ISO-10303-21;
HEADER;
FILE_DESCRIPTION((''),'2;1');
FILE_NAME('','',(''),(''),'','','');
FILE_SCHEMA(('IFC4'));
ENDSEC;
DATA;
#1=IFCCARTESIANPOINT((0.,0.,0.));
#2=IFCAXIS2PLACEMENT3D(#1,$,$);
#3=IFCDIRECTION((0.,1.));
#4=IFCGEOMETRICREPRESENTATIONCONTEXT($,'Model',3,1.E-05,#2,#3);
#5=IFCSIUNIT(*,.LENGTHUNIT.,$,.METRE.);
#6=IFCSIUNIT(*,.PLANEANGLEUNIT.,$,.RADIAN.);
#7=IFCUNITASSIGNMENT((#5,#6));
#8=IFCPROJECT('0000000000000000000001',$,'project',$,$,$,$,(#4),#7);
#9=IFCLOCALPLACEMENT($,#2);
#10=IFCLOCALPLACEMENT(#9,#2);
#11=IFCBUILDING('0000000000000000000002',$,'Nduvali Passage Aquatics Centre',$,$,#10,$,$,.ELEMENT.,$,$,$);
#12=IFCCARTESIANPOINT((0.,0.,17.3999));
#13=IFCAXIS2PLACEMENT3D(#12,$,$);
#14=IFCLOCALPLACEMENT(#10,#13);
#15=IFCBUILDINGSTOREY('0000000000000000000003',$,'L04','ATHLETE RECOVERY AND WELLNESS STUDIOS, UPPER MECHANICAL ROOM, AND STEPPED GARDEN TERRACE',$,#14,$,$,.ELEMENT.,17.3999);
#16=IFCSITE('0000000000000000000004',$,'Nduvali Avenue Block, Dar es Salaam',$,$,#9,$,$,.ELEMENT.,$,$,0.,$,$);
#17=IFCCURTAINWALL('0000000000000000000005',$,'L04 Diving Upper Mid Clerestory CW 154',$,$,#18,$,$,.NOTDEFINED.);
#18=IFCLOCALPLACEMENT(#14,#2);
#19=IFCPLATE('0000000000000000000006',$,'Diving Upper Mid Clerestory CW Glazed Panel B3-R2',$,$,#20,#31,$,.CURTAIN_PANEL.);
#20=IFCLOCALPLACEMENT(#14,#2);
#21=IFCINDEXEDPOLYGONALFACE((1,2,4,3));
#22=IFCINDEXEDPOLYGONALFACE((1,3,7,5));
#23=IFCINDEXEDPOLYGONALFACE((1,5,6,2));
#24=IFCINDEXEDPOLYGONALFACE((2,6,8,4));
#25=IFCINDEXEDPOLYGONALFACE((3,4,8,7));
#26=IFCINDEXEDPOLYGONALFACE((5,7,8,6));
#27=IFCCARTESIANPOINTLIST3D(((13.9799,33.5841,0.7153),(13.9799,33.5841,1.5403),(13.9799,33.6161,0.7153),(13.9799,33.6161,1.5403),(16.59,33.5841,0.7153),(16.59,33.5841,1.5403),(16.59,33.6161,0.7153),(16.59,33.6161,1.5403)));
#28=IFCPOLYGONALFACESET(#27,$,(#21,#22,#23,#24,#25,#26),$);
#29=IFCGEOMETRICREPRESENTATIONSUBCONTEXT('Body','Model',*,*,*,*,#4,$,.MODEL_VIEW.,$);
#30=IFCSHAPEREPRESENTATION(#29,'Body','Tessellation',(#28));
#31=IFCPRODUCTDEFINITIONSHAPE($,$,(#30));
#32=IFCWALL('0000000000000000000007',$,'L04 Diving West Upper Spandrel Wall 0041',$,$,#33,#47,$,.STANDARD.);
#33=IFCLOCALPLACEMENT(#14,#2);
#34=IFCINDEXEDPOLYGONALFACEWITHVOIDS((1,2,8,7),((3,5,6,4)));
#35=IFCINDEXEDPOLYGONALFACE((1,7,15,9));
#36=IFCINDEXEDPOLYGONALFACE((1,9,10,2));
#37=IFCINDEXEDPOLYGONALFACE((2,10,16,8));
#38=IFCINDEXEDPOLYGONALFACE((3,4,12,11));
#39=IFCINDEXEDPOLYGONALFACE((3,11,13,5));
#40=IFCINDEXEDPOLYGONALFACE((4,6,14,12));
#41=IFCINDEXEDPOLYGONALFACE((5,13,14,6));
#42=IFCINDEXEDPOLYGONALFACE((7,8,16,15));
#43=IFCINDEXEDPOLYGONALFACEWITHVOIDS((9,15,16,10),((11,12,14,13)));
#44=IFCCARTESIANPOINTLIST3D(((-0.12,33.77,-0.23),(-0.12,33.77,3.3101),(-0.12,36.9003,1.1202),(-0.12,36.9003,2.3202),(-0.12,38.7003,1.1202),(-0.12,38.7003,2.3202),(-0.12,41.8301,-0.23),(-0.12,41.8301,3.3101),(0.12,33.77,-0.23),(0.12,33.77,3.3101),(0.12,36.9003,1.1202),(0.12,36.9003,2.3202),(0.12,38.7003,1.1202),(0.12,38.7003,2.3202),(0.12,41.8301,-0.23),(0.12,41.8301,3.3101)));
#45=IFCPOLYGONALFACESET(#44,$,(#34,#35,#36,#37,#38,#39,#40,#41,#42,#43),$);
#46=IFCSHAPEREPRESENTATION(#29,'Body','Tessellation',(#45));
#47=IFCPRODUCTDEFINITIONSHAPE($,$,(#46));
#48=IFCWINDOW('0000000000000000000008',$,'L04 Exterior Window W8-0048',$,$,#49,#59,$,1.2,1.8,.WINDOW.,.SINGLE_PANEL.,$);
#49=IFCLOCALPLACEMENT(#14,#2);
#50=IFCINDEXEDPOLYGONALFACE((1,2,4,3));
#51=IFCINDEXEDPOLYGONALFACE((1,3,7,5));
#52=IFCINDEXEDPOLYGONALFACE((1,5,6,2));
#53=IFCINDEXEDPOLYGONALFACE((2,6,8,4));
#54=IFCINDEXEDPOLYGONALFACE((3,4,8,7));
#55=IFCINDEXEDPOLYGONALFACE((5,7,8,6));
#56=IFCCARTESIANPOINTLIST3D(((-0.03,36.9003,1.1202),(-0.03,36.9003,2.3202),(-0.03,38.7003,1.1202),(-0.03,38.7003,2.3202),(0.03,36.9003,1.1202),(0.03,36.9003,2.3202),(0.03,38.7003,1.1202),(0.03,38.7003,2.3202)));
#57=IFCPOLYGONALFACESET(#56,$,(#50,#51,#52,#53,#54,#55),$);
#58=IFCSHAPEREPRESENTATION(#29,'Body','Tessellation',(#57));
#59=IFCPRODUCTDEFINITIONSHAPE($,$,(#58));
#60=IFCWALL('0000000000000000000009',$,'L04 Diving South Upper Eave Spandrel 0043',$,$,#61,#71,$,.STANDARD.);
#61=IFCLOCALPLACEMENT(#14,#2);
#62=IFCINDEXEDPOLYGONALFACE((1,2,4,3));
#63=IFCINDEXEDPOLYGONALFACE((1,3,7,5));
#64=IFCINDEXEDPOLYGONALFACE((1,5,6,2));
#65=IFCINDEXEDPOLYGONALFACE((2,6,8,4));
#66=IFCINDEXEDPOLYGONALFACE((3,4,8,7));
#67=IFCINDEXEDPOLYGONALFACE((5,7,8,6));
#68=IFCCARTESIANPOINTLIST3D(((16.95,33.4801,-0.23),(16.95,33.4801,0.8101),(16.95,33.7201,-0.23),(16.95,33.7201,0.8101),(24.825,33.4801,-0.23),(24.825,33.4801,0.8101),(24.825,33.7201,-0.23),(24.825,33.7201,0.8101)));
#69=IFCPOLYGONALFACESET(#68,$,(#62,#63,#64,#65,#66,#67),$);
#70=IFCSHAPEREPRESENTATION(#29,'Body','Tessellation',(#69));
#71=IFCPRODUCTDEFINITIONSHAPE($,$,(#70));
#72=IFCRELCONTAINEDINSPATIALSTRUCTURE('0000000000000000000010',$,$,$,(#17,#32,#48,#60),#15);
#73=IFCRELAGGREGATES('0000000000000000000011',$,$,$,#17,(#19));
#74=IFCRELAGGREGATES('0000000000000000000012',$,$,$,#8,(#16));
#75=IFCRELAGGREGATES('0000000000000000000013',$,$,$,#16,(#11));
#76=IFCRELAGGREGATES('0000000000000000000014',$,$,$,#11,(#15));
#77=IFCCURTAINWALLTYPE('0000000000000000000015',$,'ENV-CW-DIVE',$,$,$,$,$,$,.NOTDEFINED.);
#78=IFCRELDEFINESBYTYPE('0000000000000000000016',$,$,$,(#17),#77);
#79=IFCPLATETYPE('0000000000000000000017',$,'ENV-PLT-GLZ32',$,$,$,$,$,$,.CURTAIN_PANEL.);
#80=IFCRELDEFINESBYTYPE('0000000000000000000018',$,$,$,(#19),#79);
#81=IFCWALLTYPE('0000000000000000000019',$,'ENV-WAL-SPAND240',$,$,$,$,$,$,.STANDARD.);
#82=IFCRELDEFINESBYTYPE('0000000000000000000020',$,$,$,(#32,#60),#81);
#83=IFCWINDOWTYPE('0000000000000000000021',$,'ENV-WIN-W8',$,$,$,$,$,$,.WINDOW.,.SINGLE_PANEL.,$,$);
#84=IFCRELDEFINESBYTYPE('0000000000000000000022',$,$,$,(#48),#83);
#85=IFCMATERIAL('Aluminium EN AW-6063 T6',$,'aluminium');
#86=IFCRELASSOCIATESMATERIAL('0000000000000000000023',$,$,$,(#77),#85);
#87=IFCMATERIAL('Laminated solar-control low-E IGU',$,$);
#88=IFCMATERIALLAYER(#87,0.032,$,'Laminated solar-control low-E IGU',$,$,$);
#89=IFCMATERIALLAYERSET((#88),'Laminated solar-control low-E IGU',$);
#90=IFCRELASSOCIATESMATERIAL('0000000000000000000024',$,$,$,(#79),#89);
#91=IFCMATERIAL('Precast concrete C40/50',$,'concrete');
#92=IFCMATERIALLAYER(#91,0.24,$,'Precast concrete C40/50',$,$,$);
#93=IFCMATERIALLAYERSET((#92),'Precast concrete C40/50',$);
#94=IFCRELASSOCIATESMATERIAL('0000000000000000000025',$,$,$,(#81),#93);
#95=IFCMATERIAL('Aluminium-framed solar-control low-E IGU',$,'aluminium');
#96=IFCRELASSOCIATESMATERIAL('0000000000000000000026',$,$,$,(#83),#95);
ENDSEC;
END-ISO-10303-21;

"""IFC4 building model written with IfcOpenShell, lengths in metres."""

from ifc_helpers import new_model, si_unit, direction, frame, frame_2d, origin, origin_2d, place, context, subcontext, project, spatial, rectangle, extrude, material, layer, layer_set, type_object, element, fill, aggregate, save


model = new_model("IFC4")

# Units and contexts
model_context = context("Model", 3, precision=1e-05, world=origin(), true_north=direction((0.0, 1.0)))
body_context = subcontext(model_context, "Body", "Model", "MODEL_VIEW")
ifc_project = project(units=[si_unit("LENGTHUNIT", "METRE"), si_unit("PLANEANGLEUNIT", "RADIAN")], contexts=[model_context])

# Site, building, storey
site_placement = place(None, origin())
site = spatial("IfcSite", under=ifc_project, at=site_placement, Name="Nduvali Avenue Block, Dar es Salaam", CompositionType="ELEMENT", RefElevation=0.0)
building_placement = place(site_placement, origin())
building = spatial("IfcBuilding", under=site, at=building_placement, Name="Nduvali Passage Aquatics Centre", CompositionType="ELEMENT")
storey_placement = place(building_placement, frame((0.0, 0.0, 17.3999)))
storey = spatial("IfcBuildingStorey", under=building, at=storey_placement, Name="L04", Description="ATHLETE RECOVERY AND WELLNESS STUDIOS, UPPER MECHANICAL ROOM, AND STEPPED GARDEN TERRACE", CompositionType="ELEMENT", Elevation=17.3999)

# Curtain wall
ifc_material_1 = material(Name="Aluminium EN AW-6063 T6", Category="aluminium")
curtain_wall_type = type_object("IfcCurtainWallType", Name="ENV-CW-DIVE", PredefinedType="NOTDEFINED", material=ifc_material_1)
curtain_wall_1_placement = place(storey_placement, origin())
curtain_wall_1 = element("IfcCurtainWall", 1, at=curtain_wall_1_placement, inside=storey, type_object=curtain_wall_type, Name="L04 Diving Upper Mid Clerestory CW 154", PredefinedType="NOTDEFINED")

# Plate
ifc_material_2 = material(Name="Laminated solar-control low-E IGU")
ifc_layer_1 = layer(ifc_material_2, 0.032, Name="Laminated solar-control low-E IGU")
ifc_layer_set_1 = layer_set([ifc_layer_1], Name="Laminated solar-control low-E IGU")
plate_type = type_object("IfcPlateType", Name="ENV-PLT-GLZ32", PredefinedType="CURTAIN_PANEL", material=ifc_layer_set_1)
plate_1_placement = place(storey_placement, frame((15.2849, 33.6001, 0.7153), z_axis=(0.0, 0.0, 1.0), x_axis=(1.0, 0.0, 0.0)))
plate_1 = element("IfcPlate", 2, at=plate_1_placement, type_object=plate_type, Name="Diving Upper Mid Clerestory CW Glazed Panel B3-R2", PredefinedType="CURTAIN_PANEL", context=body_context, shape_type="SweptSolid", body=[
    extrude(rectangle(XDim=2.6101, YDim=0.032, at=origin_2d()), origin(), (0.0, 0.0, 1.0), 0.825),
])
aggregate(curtain_wall_1, [plate_1])

# Wall, opening, window
ifc_material_3 = material(Name="Precast concrete C40/50", Category="concrete")
ifc_layer_2 = layer(ifc_material_3, 0.24, Name="Precast concrete C40/50")
ifc_layer_set_2 = layer_set([ifc_layer_2], Name="Precast concrete C40/50")
wall_type = type_object("IfcWallType", Name="ENV-WAL-SPAND240", PredefinedType="STANDARD", material=ifc_layer_set_2)
wall_1_placement = place(storey_placement, frame((0.0, 41.8301, -0.23), z_axis=(0.0, 0.0, 1.0), x_axis=(0.0, -1.0, 0.0)))
wall_1 = element("IfcWall", 3, at=wall_1_placement, inside=storey, type_object=wall_type, Name="L04 Diving West Upper Spandrel Wall 0041", PredefinedType="STANDARD", context=body_context, shape_type="SweptSolid", body=[
    extrude(rectangle(XDim=8.0601, YDim=0.24, at=frame_2d((4.03, 0.0))), origin(), (0.0, 0.0, 1.0), 3.54),
])
opening_placement = place(wall_1_placement, frame((3.1299, 0.0, 1.3501)))
opening = element("IfcOpeningElement", 4, at=opening_placement, cuts=wall_1, PredefinedType="OPENING", context=body_context, shape_type="SweptSolid", body=[
    extrude(rectangle(XDim=1.8, YDim=1.2, at=frame_2d((0.8999, 0.6001))), frame((0.0, 0.1348, 0.0), z_axis=(0.0, -1.0, 0.0), x_axis=(1.0, 0.0, 0.0)), (0.0, 0.0, 1.0), 0.2698),
])
ifc_material_4 = material(Name="Aluminium-framed solar-control low-E IGU", Category="aluminium")
window_type = type_object("IfcWindowType", Name="ENV-WIN-W8", PartitioningType="SINGLE_PANEL", PredefinedType="WINDOW", material=ifc_material_4)
window_placement = place(opening_placement, origin())
window = element("IfcWindow", 5, at=window_placement, inside=storey, type_object=window_type, Name="L04 Exterior Window W8-0048", OverallHeight=1.2, OverallWidth=1.8, PartitioningType="SINGLE_PANEL", PredefinedType="WINDOW", context=body_context, shape_type="SweptSolid", body=[
    extrude(rectangle(XDim=1.8, YDim=1.2, at=frame_2d((0.8999, 0.6001))), frame((0.0, 0.03, 0.0), z_axis=(0.0, -1.0, 0.0), x_axis=(1.0, 0.0, 0.0)), (0.0, 0.0, 1.0), 0.0601),
])
fill(opening, window)

# Wall
wall_2_placement = place(storey_placement, frame((16.95, 33.6001, -0.23), z_axis=(0.0, 0.0, 1.0), x_axis=(1.0, 0.0, 0.0)))
element("IfcWall", 6, at=wall_2_placement, inside=storey, type_object=wall_type, Name="L04 Diving South Upper Eave Spandrel 0043", PredefinedType="STANDARD", context=body_context, shape_type="SweptSolid", body=[
    extrude(rectangle(XDim=7.875, YDim=0.24, at=frame_2d((3.9375, 0.0))), origin(), (0.0, 0.0, 1.0), 1.04),
])

save(model, "model.ifc")
